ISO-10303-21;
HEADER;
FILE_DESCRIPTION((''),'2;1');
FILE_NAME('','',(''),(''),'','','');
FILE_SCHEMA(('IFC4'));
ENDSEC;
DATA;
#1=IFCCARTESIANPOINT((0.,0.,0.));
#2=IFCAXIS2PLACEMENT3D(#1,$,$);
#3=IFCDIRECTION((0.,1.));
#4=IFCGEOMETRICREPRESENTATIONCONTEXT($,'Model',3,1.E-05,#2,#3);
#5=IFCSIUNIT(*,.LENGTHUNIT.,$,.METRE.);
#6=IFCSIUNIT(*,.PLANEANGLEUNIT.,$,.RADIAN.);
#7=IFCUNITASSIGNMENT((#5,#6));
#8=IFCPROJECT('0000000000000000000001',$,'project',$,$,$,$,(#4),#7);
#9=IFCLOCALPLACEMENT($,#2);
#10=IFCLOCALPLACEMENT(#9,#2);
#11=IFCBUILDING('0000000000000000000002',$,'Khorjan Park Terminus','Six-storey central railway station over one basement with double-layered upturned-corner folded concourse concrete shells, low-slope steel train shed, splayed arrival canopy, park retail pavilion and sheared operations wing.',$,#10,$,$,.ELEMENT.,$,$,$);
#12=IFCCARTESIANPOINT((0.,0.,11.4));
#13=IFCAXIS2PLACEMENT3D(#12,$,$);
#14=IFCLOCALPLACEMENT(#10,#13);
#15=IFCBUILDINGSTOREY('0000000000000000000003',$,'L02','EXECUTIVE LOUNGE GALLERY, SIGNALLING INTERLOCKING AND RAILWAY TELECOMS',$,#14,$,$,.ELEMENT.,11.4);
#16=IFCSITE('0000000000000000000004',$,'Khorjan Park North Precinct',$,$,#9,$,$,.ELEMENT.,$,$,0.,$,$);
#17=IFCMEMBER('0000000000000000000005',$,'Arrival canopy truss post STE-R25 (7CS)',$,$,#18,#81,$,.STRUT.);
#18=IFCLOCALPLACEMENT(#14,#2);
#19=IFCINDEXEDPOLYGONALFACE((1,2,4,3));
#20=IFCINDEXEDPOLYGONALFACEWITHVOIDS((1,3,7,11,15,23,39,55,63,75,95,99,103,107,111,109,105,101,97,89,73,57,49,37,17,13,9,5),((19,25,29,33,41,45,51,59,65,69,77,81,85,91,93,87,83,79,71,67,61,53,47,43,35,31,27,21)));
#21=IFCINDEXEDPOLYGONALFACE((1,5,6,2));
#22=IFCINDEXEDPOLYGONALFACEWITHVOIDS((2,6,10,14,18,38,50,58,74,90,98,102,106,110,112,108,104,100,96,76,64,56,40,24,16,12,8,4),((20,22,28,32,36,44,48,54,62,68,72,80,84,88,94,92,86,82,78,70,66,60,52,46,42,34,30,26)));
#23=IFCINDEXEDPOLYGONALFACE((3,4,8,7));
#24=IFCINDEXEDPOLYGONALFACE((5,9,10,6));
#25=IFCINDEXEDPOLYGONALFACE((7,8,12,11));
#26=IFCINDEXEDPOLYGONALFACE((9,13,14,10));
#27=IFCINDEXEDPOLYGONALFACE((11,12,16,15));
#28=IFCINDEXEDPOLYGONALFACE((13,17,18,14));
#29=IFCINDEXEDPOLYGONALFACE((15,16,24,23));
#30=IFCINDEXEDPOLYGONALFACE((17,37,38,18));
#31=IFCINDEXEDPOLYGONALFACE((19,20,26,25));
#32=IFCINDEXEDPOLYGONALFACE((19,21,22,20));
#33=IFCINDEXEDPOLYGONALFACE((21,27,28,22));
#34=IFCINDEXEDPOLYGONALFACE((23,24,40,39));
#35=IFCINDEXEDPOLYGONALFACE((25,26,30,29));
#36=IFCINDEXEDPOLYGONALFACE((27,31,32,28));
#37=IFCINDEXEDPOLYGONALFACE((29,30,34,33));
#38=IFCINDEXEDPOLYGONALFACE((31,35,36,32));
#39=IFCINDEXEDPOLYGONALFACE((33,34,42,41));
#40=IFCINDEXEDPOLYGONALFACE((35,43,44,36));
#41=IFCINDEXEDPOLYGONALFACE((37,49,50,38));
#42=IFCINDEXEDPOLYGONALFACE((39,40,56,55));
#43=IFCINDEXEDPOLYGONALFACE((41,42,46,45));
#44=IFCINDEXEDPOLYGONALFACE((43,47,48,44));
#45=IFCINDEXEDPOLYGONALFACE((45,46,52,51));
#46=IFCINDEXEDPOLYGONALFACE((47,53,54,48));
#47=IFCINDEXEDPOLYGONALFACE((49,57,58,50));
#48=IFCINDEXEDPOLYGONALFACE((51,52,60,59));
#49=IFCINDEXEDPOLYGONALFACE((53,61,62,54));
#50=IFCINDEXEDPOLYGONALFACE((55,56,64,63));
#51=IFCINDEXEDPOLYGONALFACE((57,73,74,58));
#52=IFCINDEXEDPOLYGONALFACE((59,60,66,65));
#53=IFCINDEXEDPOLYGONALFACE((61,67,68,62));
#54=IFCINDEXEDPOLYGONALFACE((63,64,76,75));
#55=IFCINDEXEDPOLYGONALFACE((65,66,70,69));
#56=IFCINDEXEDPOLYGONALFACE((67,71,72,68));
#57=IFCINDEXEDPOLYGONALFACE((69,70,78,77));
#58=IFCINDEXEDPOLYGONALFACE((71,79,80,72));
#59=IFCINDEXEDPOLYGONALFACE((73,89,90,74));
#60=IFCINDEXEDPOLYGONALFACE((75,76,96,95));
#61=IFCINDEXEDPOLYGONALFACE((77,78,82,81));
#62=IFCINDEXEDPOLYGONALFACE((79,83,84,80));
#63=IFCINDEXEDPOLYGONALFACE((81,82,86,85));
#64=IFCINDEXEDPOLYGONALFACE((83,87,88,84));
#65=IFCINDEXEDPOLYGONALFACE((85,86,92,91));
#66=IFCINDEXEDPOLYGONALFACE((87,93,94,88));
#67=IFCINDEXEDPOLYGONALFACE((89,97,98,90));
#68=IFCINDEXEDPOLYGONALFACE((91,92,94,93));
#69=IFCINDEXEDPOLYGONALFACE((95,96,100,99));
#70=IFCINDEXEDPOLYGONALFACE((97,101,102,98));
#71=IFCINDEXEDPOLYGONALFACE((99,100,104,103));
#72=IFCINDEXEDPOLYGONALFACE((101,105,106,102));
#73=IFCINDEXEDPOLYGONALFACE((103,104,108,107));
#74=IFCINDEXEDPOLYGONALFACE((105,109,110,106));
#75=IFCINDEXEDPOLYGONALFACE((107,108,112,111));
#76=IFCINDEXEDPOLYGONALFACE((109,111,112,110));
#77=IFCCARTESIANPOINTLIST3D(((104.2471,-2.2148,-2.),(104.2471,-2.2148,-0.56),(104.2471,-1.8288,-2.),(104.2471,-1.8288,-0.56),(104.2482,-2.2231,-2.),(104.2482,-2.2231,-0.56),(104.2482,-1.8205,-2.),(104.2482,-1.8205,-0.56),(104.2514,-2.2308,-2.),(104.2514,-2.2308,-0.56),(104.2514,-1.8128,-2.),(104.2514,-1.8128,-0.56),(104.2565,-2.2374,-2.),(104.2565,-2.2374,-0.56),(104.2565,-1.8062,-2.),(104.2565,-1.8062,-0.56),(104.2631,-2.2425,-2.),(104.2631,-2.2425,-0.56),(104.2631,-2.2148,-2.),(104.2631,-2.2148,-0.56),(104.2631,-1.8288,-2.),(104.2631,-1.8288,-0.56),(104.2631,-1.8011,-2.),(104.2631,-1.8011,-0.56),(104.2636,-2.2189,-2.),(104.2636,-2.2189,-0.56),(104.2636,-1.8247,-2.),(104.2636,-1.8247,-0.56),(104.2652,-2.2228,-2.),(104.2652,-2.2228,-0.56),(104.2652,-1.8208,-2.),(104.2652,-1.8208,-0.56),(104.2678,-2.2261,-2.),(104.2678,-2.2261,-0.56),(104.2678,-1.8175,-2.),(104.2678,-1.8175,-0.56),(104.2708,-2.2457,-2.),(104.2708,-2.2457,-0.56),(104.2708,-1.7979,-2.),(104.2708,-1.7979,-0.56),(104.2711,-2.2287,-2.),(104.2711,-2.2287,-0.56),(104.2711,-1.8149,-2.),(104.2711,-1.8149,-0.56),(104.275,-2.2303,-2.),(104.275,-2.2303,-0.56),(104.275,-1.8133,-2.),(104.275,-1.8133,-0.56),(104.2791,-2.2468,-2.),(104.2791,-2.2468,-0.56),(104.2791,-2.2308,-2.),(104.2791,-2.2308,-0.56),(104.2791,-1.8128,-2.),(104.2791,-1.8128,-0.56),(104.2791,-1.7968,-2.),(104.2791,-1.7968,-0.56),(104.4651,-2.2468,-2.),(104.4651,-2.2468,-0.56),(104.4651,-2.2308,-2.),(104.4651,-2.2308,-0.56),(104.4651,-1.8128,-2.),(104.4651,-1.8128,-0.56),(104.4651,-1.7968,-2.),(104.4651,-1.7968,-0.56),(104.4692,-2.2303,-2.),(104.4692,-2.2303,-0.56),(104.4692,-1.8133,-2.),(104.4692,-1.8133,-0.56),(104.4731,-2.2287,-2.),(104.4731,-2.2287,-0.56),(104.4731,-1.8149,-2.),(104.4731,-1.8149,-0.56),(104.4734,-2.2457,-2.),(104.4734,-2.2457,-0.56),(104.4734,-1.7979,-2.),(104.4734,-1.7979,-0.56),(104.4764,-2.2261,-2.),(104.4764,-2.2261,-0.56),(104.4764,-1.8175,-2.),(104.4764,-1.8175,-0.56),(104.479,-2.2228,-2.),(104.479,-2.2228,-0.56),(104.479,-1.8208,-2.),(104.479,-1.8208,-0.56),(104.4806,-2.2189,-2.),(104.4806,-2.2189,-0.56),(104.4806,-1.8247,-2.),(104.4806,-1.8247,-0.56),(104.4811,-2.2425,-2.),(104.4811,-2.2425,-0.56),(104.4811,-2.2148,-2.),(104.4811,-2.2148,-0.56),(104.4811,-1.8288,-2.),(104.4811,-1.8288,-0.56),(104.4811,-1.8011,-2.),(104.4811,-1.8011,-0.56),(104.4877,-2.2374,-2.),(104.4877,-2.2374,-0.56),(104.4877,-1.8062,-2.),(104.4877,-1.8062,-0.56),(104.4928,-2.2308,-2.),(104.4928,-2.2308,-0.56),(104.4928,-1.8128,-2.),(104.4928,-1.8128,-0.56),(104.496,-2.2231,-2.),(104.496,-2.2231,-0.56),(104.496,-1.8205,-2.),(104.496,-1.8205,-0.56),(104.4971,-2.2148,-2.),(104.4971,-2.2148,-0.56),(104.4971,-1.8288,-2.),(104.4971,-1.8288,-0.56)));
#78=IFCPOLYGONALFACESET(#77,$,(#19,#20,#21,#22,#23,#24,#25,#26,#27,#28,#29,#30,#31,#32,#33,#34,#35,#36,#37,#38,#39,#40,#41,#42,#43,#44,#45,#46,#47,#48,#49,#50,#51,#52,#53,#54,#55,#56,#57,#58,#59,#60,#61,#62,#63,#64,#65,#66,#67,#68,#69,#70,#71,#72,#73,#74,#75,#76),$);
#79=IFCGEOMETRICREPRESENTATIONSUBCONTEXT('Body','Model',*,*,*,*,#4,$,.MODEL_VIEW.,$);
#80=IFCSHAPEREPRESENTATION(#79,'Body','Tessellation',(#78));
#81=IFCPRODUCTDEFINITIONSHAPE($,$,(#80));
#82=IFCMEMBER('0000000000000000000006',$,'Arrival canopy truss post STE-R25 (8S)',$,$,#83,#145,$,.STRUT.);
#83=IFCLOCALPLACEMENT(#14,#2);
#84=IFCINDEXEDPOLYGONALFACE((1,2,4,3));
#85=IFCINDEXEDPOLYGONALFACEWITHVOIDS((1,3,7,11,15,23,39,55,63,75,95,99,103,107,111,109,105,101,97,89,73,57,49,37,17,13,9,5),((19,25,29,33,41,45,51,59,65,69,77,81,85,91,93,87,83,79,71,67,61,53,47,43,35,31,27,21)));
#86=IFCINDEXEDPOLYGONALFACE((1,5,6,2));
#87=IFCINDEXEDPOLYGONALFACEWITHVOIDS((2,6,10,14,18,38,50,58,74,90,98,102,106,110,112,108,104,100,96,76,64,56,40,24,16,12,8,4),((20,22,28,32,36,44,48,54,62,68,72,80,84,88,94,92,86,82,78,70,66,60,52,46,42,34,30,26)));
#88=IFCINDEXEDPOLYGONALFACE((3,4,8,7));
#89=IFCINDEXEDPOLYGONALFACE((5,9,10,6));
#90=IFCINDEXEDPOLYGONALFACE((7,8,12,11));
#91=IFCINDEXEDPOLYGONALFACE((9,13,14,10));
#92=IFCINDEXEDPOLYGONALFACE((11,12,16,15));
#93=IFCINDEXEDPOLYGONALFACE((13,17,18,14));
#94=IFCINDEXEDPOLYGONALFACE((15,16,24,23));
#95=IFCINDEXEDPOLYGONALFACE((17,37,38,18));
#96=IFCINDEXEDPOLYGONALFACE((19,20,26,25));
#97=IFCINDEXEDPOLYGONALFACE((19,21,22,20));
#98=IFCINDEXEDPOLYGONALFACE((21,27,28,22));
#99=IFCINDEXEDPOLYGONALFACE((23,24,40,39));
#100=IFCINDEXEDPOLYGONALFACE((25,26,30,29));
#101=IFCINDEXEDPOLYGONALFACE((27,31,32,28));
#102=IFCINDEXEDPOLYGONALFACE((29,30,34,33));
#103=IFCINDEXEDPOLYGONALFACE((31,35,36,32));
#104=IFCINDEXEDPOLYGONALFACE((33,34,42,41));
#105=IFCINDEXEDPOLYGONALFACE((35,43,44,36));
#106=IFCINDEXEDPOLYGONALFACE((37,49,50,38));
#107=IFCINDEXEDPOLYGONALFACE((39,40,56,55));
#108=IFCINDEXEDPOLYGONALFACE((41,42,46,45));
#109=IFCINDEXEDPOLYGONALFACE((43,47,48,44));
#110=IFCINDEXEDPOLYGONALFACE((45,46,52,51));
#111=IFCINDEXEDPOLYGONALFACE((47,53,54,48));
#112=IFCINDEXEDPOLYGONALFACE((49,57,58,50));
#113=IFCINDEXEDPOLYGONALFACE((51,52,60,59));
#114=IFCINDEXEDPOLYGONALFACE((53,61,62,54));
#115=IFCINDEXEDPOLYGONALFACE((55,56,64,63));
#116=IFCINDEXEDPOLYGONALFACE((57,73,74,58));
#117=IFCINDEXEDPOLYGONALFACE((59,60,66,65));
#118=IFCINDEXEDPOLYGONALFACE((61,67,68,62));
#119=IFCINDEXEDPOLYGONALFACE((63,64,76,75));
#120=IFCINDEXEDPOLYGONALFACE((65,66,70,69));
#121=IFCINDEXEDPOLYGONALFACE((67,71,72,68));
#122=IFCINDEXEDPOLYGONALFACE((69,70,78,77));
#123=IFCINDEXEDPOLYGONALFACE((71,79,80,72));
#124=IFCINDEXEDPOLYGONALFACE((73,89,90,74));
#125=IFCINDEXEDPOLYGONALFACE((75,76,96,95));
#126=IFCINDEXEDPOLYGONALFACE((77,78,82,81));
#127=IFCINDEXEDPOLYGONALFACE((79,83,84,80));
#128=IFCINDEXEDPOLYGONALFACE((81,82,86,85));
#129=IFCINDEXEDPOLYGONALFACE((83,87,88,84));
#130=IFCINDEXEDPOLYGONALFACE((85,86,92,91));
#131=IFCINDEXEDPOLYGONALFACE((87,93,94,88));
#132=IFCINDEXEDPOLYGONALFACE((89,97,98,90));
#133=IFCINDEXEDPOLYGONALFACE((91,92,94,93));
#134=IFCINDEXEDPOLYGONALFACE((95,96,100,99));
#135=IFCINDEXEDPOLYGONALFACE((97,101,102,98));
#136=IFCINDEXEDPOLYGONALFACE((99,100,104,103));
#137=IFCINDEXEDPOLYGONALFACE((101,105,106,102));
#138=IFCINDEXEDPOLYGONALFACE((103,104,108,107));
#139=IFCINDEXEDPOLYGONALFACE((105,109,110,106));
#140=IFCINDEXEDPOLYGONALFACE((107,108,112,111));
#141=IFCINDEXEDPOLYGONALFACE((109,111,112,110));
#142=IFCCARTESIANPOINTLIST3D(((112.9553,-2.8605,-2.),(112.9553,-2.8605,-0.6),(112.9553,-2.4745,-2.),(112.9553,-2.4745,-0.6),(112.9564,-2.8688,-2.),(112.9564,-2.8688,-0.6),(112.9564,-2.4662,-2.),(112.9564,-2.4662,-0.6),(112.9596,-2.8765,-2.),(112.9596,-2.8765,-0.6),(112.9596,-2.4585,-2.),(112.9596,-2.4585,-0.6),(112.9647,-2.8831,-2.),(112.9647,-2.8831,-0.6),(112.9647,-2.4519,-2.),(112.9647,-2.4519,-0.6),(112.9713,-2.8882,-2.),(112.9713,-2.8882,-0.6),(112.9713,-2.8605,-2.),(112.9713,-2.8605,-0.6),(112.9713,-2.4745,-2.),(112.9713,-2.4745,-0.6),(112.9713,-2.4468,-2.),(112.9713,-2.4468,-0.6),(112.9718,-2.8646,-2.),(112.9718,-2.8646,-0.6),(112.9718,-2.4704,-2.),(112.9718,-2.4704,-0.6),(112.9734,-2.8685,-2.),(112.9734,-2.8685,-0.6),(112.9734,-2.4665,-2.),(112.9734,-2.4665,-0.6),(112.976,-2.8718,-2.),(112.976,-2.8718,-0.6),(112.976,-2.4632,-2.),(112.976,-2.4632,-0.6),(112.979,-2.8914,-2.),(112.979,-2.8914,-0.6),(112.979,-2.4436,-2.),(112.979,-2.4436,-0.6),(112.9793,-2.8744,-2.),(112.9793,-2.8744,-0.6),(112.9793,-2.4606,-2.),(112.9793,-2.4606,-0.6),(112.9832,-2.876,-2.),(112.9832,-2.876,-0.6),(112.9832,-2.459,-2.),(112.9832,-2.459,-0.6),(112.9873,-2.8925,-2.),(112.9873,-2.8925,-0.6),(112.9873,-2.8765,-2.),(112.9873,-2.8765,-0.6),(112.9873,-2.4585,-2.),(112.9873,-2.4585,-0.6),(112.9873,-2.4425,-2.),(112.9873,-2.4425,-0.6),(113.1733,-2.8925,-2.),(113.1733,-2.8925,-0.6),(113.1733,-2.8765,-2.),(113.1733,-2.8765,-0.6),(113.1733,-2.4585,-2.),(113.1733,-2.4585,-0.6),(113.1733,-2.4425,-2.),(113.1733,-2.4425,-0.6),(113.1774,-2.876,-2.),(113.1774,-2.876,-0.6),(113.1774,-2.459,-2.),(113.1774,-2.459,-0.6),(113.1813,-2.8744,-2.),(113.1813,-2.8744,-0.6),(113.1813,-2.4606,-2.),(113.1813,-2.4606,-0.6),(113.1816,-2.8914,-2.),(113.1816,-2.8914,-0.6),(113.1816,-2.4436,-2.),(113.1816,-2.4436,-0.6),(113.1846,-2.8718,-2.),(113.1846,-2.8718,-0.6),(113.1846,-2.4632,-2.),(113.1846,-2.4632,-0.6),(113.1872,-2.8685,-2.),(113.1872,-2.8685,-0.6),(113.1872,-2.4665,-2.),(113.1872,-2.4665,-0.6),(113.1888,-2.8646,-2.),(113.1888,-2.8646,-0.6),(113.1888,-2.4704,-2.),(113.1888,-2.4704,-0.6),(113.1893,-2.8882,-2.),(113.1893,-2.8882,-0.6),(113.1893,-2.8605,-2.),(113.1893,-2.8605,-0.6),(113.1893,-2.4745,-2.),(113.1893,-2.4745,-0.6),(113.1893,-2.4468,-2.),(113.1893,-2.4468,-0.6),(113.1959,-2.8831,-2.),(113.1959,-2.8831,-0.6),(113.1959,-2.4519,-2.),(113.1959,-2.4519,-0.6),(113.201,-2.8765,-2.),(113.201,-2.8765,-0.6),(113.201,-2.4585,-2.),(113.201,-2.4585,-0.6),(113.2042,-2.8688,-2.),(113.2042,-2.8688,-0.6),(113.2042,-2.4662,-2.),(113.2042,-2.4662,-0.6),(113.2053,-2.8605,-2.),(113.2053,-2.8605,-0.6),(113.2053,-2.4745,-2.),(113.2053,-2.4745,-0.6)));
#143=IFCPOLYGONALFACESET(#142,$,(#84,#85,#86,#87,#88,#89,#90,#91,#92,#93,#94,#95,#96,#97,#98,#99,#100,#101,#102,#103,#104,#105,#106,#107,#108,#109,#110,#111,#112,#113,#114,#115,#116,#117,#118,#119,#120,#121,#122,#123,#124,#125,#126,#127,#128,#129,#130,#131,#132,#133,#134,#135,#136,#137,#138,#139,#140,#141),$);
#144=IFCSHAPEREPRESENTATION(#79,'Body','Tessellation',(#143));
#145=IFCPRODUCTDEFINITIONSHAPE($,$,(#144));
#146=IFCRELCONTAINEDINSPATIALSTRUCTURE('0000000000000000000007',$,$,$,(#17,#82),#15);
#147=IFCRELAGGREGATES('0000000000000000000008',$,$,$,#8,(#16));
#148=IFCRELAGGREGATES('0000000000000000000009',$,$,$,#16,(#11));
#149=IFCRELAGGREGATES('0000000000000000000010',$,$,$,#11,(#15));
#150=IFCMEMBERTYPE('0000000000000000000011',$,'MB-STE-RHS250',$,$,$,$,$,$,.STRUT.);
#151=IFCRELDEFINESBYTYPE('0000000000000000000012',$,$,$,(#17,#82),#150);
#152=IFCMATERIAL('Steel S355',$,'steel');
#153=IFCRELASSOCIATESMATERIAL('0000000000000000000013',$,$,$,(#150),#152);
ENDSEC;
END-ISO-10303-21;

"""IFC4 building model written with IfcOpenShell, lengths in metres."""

from ifc_helpers import new_model, si_unit, direction, frame, origin, origin_2d, place, context, subcontext, project, spatial, hollow_rectangle, extrude, material, material_profile, profile_set, type_object, element, save


model = new_model("IFC4")

# Units and contexts
model_context = context("Model", 3, precision=1e-05, world=origin(), true_north=direction((0.0, 1.0)))
body_context = subcontext(model_context, "Body", "Model", "MODEL_VIEW")
ifc_project = project(units=[si_unit("LENGTHUNIT", "METRE"), si_unit("PLANEANGLEUNIT", "RADIAN")], contexts=[model_context])

# Site, building, storey
site_placement = place(None, origin())
site = spatial("IfcSite", under=ifc_project, at=site_placement, Name="Khorjan Park North Precinct", CompositionType="ELEMENT", RefElevation=0.0)
building_placement = place(site_placement, origin())
building = spatial("IfcBuilding", under=site, at=building_placement, Name="Khorjan Park Terminus", Description="Six-storey central railway station over one basement with double-layered upturned-corner folded concourse concrete shells, low-slope steel train shed, splayed arrival canopy, park retail pavilion and sheared operations wing.", CompositionType="ELEMENT")
storey_placement = place(building_placement, frame((0.0, 0.0, 11.4)))
storey = spatial("IfcBuildingStorey", under=building, at=storey_placement, Name="L02", Description="EXECUTIVE LOUNGE GALLERY, SIGNALLING INTERLOCKING AND RAILWAY TELECOMS", CompositionType="ELEMENT", Elevation=11.4)

# Members
ifc_material = material(Name="Steel S355", Category="steel")
ifc_material_profile_1 = material_profile(ifc_material, hollow_rectangle(XDim=0.25, YDim=0.45, WallThickness=0.016, InnerFilletRadius=0.016, OuterFilletRadius=0.032, at=origin_2d()), Name="RHS 450x250x16")
ifc_profile_set_1 = profile_set([ifc_material_profile_1], Name="Steel S355")
member_type_1 = type_object("IfcMemberType", Name="MB-STE-RHS250", PredefinedType="STRUT", material=ifc_profile_set_1)
member_1_placement = place(storey_placement, frame((104.3721, -2.0218, -2.0), z_axis=(0.0, 0.0, 1.0), x_axis=(1.0, 0.0, 0.0)))
element("IfcMember", 1, at=member_1_placement, inside=storey, type_object=member_type_1, Name="Arrival canopy truss post STE-R25 (7CS)", PredefinedType="STRUT", context=body_context, shape_type="SweptSolid", body=[
    extrude(hollow_rectangle(XDim=0.25, YDim=0.45, WallThickness=0.016, InnerFilletRadius=0.016, OuterFilletRadius=0.032, at=origin_2d()), origin(), (0.0, 0.0, 1.0), 1.44),
])
member_2_placement = place(storey_placement, frame((113.0803, -2.6675, -2.0), z_axis=(0.0, 0.0, 1.0), x_axis=(1.0, 0.0, 0.0)))
element("IfcMember", 2, at=member_2_placement, inside=storey, type_object=member_type_1, Name="Arrival canopy truss post STE-R25 (8S)", PredefinedType="STRUT", context=body_context, shape_type="SweptSolid", body=[
    extrude(hollow_rectangle(XDim=0.25, YDim=0.45, WallThickness=0.016, InnerFilletRadius=0.016, OuterFilletRadius=0.032, at=origin_2d()), origin(), (0.0, 0.0, 1.0), 1.4),
])

save(model, "model.ifc")
